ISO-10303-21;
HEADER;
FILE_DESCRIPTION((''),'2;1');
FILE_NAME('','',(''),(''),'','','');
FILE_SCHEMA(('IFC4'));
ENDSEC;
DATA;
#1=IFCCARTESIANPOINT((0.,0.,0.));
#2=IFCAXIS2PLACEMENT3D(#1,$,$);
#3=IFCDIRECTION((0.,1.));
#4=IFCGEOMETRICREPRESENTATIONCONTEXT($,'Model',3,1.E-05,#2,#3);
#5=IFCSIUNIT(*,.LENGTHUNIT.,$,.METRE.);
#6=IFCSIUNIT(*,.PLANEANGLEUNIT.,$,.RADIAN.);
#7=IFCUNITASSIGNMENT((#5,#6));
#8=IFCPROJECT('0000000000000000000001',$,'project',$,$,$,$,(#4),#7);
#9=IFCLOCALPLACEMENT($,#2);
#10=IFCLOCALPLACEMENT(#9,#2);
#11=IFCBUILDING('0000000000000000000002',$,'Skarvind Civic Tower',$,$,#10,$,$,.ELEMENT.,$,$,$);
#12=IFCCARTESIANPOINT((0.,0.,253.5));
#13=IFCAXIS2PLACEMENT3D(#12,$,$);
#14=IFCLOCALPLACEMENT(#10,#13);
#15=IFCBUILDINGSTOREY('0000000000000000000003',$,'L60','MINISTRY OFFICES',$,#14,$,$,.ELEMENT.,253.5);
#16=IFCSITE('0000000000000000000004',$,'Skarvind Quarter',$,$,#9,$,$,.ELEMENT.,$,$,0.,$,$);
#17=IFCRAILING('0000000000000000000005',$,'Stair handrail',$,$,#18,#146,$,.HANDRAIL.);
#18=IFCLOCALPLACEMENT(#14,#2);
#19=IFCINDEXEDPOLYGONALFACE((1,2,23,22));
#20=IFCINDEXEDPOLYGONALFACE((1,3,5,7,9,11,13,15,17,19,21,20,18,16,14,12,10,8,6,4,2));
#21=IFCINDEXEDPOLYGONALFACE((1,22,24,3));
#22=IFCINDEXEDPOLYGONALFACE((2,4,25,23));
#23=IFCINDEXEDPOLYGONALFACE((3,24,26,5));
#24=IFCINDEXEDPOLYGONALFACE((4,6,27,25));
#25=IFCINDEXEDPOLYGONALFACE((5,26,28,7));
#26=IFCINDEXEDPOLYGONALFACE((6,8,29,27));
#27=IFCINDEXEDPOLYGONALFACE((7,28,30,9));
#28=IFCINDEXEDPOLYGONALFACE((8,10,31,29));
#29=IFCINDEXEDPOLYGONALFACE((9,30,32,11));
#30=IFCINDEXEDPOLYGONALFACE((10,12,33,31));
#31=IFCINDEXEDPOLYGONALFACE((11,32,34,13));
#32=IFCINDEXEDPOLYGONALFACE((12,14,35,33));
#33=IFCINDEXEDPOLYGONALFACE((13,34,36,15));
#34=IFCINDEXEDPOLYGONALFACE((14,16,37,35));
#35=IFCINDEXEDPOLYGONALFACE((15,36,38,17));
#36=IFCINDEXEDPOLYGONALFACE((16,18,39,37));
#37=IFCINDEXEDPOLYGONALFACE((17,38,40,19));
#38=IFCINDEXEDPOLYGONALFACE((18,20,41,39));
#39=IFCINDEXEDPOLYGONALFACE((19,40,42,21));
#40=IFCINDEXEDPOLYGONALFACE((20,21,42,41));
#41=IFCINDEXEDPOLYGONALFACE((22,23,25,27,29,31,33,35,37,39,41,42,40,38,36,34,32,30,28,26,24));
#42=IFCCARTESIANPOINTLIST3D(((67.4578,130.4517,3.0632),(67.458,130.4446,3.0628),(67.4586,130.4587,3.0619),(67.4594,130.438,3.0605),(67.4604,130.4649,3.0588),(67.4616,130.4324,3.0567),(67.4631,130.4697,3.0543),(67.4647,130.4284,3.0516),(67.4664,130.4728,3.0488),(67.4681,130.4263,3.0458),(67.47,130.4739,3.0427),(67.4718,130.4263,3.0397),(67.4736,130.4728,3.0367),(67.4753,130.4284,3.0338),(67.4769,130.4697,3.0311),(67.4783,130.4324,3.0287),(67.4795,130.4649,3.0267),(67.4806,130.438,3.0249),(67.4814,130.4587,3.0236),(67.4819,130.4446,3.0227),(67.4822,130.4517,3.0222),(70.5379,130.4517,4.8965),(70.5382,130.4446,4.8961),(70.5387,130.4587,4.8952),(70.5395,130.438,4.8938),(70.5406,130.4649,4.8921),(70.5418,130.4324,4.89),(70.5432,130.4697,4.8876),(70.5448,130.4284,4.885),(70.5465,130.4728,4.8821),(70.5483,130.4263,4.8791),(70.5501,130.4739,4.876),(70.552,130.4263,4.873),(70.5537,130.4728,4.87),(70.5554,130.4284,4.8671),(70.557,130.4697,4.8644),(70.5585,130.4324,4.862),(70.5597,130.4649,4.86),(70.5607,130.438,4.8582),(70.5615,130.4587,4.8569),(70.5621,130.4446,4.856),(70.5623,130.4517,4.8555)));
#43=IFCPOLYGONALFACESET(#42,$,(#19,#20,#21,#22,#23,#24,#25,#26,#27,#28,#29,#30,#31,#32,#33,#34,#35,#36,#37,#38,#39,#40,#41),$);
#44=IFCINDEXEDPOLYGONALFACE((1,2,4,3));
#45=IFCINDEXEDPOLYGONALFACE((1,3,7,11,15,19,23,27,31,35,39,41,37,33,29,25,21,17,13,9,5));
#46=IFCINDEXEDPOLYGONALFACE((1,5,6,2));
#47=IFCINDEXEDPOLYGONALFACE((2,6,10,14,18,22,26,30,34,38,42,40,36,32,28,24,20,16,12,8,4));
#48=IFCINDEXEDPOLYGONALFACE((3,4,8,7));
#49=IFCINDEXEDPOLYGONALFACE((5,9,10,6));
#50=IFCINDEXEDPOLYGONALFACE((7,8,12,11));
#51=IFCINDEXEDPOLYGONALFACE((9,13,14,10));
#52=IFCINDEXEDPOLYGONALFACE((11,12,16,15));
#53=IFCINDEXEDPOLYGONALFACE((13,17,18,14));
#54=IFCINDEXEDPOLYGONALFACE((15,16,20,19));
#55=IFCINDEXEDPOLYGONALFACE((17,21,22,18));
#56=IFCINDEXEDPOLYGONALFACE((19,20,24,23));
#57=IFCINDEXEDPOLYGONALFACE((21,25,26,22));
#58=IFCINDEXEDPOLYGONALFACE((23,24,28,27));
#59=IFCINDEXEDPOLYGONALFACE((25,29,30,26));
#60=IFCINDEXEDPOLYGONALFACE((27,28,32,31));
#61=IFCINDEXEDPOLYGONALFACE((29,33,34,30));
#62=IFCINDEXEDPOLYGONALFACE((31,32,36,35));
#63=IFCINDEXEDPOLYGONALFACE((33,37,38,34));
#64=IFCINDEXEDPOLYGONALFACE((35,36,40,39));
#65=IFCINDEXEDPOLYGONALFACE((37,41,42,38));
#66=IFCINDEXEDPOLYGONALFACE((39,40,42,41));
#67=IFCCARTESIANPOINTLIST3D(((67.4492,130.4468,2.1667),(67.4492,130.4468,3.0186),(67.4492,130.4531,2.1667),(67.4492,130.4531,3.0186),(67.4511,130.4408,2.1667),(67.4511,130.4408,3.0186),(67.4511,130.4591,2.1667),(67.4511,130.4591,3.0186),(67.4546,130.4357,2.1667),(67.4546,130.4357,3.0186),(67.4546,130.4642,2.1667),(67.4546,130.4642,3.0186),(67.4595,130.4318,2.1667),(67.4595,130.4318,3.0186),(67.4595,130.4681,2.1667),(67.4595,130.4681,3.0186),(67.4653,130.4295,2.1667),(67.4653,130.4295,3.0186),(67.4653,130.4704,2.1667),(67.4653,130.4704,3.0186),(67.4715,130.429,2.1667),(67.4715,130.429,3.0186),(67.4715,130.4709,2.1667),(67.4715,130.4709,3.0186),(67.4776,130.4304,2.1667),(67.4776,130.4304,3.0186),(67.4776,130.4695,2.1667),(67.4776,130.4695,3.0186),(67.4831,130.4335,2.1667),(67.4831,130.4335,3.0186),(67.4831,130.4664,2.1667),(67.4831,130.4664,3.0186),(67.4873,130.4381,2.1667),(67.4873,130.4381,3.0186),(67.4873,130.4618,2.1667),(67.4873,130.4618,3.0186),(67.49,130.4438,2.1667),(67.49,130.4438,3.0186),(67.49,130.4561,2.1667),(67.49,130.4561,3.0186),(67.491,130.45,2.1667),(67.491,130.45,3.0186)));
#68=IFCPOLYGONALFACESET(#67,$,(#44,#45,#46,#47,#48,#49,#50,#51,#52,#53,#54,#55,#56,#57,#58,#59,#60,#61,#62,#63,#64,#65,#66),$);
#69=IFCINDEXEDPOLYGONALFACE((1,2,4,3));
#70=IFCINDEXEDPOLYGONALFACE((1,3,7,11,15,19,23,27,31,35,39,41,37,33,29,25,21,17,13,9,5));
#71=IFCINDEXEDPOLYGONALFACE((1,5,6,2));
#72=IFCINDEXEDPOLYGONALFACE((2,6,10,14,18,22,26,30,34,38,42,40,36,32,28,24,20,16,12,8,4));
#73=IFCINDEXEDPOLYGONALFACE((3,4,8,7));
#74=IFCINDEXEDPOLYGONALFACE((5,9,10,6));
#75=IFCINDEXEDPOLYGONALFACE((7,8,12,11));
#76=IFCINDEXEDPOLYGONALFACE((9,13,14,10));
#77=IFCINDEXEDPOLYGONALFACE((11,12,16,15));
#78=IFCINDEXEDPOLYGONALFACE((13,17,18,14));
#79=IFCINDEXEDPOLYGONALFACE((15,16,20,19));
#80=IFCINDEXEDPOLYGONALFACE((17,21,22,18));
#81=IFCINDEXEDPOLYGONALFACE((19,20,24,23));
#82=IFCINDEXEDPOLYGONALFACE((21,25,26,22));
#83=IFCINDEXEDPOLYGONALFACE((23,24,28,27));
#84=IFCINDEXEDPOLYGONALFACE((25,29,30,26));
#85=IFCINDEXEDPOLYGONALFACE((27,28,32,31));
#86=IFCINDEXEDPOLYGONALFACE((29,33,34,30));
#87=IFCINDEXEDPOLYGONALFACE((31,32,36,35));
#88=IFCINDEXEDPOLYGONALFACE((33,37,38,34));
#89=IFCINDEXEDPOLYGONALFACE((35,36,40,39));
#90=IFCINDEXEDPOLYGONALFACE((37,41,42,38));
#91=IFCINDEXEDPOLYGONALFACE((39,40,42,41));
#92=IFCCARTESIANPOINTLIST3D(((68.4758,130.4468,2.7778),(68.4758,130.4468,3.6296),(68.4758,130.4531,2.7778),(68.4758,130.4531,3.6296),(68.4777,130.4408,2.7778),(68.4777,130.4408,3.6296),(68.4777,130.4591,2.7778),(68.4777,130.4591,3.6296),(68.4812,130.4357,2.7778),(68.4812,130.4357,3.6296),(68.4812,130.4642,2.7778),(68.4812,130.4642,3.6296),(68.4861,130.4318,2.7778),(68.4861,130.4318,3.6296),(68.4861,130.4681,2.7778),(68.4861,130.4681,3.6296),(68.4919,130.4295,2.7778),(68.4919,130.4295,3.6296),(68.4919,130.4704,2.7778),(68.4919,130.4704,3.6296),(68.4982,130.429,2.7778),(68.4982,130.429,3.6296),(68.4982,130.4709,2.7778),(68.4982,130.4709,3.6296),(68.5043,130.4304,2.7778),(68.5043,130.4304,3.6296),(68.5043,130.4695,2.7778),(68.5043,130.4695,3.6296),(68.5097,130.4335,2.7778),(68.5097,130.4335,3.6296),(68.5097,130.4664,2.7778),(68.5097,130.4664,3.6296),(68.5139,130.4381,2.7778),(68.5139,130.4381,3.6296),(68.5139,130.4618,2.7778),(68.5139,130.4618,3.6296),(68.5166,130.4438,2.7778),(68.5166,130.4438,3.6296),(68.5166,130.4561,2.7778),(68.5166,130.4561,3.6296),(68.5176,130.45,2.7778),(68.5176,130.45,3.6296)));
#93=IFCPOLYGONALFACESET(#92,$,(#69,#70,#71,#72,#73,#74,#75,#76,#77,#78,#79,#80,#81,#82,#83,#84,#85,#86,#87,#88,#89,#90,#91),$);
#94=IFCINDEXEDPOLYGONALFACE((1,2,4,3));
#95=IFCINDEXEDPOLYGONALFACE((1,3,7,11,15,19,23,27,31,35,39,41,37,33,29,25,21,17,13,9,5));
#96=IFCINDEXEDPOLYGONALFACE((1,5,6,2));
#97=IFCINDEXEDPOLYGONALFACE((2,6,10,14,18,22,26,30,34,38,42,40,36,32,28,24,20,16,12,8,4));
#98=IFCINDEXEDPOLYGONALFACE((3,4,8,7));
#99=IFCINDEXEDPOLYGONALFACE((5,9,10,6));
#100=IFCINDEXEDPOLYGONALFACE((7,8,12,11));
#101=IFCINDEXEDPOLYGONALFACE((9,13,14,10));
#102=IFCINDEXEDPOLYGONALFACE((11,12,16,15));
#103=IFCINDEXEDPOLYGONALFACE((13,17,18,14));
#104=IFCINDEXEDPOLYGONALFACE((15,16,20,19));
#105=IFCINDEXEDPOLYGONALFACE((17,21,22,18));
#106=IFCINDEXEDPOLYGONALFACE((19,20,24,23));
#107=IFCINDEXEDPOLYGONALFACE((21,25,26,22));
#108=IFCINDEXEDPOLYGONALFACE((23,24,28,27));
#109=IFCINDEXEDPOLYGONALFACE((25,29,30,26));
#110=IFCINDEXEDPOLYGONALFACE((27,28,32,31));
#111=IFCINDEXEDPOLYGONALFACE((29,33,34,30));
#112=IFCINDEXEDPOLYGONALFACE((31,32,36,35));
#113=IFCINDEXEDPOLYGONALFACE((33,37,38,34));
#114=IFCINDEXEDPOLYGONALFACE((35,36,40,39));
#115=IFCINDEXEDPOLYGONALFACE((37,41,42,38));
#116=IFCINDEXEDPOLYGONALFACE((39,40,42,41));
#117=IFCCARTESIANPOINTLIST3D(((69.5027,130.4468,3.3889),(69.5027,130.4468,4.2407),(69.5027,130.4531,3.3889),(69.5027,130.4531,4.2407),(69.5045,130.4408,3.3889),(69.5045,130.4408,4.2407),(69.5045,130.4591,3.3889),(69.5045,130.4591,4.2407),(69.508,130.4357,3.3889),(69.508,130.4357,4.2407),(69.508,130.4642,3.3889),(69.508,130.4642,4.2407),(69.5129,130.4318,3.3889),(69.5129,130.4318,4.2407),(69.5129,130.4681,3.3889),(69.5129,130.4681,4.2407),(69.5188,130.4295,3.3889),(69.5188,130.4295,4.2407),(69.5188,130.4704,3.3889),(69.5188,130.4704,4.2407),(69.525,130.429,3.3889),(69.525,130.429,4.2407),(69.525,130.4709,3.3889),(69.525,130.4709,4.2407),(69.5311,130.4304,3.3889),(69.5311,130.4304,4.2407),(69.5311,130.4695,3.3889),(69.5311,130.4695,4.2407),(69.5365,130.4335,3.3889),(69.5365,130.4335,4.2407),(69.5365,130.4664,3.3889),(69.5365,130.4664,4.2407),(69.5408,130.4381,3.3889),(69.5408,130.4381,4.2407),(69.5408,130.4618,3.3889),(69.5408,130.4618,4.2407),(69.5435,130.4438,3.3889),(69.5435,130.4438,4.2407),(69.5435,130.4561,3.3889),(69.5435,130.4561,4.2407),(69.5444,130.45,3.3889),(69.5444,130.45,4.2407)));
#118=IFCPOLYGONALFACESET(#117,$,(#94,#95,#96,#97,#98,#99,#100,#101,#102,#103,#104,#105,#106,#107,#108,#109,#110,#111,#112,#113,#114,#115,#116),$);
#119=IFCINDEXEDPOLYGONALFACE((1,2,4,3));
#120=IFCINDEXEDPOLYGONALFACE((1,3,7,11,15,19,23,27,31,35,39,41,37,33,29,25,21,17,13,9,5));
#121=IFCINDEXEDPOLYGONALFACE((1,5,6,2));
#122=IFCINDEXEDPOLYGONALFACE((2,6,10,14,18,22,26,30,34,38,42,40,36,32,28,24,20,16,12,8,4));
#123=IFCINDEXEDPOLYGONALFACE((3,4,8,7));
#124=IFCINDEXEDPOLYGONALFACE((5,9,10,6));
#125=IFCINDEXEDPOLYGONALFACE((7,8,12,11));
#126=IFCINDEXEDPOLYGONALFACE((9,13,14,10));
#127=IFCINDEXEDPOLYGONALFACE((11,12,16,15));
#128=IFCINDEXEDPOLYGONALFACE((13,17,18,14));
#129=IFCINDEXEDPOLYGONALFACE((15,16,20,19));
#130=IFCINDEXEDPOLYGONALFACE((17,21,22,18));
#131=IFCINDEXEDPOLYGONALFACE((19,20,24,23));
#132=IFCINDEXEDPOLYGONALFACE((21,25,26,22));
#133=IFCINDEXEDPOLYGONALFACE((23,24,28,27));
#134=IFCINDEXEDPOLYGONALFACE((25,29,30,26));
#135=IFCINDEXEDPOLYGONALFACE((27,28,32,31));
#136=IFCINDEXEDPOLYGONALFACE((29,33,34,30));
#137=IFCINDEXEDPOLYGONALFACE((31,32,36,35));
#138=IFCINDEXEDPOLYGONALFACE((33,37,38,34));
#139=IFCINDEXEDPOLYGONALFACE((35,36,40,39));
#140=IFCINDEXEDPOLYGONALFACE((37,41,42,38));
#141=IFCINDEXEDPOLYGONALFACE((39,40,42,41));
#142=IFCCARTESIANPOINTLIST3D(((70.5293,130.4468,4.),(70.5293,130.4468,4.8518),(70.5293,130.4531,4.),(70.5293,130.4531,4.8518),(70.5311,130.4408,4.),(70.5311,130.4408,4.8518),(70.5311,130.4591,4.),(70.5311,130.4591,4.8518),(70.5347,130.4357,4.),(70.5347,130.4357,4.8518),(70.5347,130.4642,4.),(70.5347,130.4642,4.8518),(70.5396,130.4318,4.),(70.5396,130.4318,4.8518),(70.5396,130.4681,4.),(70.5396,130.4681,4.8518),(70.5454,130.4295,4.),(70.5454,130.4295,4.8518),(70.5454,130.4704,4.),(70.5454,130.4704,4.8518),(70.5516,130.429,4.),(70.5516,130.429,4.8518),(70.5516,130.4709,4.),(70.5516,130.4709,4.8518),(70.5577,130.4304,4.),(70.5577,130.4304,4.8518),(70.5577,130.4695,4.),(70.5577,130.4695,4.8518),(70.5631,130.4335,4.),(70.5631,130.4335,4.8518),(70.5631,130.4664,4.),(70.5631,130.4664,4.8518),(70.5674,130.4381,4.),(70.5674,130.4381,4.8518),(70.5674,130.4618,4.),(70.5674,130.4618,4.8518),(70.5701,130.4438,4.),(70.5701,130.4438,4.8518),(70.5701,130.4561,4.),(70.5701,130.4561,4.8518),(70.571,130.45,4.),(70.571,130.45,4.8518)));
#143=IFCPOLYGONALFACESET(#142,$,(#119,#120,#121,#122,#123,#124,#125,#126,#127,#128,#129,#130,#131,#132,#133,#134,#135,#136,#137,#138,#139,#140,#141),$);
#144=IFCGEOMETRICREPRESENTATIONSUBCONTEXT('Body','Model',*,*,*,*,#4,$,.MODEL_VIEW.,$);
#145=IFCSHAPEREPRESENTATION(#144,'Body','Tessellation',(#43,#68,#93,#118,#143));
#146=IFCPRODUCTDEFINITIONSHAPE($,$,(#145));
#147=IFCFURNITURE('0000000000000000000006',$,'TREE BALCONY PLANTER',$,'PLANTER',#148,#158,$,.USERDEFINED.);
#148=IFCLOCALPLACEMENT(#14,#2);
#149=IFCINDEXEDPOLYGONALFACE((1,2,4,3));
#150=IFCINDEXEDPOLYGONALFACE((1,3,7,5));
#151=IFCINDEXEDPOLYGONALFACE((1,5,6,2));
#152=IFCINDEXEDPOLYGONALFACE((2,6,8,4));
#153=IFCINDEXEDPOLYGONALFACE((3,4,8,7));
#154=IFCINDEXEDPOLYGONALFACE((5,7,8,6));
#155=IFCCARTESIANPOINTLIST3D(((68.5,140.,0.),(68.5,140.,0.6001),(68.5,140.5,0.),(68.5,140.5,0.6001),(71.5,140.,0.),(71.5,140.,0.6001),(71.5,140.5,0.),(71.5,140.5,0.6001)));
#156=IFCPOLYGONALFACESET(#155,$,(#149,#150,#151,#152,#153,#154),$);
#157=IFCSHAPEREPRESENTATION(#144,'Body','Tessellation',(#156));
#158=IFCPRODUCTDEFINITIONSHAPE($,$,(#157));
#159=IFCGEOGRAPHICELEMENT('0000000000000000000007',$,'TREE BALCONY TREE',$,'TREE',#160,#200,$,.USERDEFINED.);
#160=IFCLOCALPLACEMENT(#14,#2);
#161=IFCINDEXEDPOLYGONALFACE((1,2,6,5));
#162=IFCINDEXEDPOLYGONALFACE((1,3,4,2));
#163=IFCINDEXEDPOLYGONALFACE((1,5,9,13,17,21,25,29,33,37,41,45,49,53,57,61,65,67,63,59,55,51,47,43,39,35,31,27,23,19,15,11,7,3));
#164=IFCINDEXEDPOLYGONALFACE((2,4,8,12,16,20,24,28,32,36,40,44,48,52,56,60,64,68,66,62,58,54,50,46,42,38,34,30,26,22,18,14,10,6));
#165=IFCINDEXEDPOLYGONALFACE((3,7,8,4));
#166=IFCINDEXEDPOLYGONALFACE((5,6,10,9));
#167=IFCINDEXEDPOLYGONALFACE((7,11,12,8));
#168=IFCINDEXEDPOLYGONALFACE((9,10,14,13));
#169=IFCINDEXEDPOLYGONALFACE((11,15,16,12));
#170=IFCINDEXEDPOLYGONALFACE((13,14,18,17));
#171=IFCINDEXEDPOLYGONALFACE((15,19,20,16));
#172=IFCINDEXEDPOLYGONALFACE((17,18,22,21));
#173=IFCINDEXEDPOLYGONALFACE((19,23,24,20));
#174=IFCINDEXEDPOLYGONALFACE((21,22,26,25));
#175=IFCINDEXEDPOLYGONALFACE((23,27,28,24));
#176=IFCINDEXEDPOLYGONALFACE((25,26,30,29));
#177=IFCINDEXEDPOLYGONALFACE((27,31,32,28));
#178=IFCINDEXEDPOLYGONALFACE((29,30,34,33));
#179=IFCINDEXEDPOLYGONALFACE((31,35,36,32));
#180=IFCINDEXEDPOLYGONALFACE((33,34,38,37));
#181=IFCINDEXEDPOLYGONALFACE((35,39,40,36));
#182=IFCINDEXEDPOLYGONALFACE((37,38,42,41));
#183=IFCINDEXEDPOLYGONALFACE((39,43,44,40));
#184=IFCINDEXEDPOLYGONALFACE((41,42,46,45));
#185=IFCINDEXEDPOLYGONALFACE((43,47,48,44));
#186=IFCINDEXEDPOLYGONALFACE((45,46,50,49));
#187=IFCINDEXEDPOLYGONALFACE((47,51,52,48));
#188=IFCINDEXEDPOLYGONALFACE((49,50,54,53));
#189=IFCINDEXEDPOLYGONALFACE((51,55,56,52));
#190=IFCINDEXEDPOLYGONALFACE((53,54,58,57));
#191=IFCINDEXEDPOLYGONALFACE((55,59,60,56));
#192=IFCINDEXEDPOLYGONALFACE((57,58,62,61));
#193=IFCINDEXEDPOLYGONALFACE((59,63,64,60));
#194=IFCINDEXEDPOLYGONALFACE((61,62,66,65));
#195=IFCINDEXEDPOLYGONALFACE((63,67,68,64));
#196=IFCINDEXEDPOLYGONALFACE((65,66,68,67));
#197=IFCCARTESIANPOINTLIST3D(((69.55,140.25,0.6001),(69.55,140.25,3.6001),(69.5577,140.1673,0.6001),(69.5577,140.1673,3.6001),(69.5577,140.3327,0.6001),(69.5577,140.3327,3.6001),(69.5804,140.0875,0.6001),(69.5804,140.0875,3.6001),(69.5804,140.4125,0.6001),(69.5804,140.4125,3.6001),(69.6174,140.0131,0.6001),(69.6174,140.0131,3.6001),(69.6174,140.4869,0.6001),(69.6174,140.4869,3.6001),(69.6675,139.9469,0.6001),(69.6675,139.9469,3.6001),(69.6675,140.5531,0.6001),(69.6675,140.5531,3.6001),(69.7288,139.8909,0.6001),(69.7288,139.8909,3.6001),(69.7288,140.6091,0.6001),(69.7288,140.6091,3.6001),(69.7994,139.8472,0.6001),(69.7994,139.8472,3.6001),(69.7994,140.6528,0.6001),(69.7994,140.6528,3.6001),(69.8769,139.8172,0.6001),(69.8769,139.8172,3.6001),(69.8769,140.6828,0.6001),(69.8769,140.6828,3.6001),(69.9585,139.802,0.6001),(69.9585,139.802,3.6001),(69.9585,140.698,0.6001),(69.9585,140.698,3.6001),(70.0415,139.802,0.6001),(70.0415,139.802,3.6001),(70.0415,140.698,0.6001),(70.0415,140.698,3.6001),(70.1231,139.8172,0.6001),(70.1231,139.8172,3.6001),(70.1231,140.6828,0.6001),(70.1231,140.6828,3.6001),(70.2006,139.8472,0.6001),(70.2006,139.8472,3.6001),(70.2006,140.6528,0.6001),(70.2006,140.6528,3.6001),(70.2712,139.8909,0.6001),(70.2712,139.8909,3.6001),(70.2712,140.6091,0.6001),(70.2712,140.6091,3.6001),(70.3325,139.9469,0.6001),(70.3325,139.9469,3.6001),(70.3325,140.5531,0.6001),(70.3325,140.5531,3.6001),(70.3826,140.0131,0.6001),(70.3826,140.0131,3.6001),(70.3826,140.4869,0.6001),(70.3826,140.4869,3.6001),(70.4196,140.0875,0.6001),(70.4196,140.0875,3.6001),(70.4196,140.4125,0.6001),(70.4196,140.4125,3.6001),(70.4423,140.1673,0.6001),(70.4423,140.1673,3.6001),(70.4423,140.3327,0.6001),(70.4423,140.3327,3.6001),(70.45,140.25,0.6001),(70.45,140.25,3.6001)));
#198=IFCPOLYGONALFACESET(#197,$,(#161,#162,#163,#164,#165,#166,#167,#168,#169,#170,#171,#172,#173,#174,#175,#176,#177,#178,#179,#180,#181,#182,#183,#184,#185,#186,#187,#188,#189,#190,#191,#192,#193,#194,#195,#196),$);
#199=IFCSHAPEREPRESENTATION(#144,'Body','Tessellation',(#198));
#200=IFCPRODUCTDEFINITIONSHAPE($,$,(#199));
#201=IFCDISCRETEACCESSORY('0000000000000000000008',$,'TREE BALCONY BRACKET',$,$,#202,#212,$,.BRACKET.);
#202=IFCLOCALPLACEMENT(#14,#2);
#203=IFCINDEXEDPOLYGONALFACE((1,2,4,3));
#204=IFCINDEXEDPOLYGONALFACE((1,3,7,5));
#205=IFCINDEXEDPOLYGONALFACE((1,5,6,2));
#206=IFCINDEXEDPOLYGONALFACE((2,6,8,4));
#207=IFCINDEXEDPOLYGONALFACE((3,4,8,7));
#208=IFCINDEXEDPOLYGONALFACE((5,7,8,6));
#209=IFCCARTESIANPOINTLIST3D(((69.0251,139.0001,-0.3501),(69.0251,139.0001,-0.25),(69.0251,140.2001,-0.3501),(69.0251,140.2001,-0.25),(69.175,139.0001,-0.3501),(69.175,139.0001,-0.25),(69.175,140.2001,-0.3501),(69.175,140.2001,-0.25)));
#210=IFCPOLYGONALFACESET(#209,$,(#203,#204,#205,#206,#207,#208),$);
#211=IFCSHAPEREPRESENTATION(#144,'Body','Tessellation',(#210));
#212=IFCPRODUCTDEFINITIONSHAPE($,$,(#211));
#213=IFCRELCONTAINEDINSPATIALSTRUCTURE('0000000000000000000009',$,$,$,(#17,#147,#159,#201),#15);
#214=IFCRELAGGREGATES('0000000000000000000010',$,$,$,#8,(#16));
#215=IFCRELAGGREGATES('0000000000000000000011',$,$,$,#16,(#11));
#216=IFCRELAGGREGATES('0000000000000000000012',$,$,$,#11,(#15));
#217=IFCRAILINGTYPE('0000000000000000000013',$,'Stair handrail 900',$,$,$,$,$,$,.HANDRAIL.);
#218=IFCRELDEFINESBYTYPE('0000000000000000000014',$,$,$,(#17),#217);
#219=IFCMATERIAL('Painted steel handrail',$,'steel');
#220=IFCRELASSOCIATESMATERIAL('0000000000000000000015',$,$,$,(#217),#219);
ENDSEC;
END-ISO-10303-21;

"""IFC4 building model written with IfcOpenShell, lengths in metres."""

from ifc_helpers import new_model, si_unit, direction, frame, origin, origin_2d, place, context, subcontext, project, spatial, rectangle, circle, extrude, material, type_object, element, save


model = new_model("IFC4")

# Units and contexts
model_context = context("Model", 3, precision=1e-05, world=origin(), true_north=direction((0.0, 1.0)))
body_context = subcontext(model_context, "Body", "Model", "MODEL_VIEW")
ifc_project = project(units=[si_unit("LENGTHUNIT", "METRE"), si_unit("PLANEANGLEUNIT", "RADIAN")], contexts=[model_context])

# Site, building, storey
site_placement = place(None, origin())
site = spatial("IfcSite", under=ifc_project, at=site_placement, Name="Skarvind Quarter", CompositionType="ELEMENT", RefElevation=0.0)
building_placement = place(site_placement, origin())
building = spatial("IfcBuilding", under=site, at=building_placement, Name="Skarvind Civic Tower", CompositionType="ELEMENT")
storey_placement = place(building_placement, frame((0.0, 0.0, 253.5)))
storey = spatial("IfcBuildingStorey", under=building, at=storey_placement, Name="L60", Description="MINISTRY OFFICES", CompositionType="ELEMENT", Elevation=253.5)

# Railing
ifc_material_1 = material(Name="Painted steel handrail", Category="steel")
railing_type_1 = type_object("IfcRailingType", Name="Stair handrail 900", PredefinedType="HANDRAIL", material=ifc_material_1)
railing_1_placement = place(storey_placement, frame((67.47, 130.45, 2.1667)))
element("IfcRailing", 1, at=railing_1_placement, inside=storey, type_object=railing_type_1, Name="Stair handrail", PredefinedType="HANDRAIL", context=body_context, shape_type="SweptSolid", body=[
    extrude(circle(Radius=0.0239, at=origin_2d()), frame((0.0, 0.0, 0.876), z_axis=(0.859309, 0.0, 0.511458), x_axis=(0.0, 1.0, 0.0)), (0.0, 0.0, 1.0), 3.5845),
    extrude(circle(Radius=0.021, at=origin_2d()), origin(), (0.0, 0.0, 1.0), 0.8518),
    extrude(circle(Radius=0.021, at=origin_2d()), frame((1.0266, 0.0, 0.6111)), (0.0, 0.0, 1.0), 0.8518),
    extrude(circle(Radius=0.021, at=origin_2d()), frame((2.0535, 0.0, 1.2222)), (0.0, 0.0, 1.0), 0.8518),
    extrude(circle(Radius=0.021, at=origin_2d()), frame((3.0801, 0.0, 1.8333)), (0.0, 0.0, 1.0), 0.8518),
])

# Furniture
furniture_placement = place(storey_placement, frame((70.0, 140.25, 0.0), z_axis=(0.0, 0.0, 1.0), x_axis=(1.0, 0.0, 0.0)))
element("IfcFurniture", 2, at=furniture_placement, inside=storey, Name="TREE BALCONY PLANTER", ObjectType="PLANTER", PredefinedType="USERDEFINED", context=body_context, shape_type="SweptSolid", body=[
    extrude(rectangle(XDim=3.0, YDim=0.5, at=origin_2d()), origin(), (0.0, 0.0, 1.0), 0.6001),
])

# Geographic element
geographic_element_placement = place(storey_placement, frame((70.0, 140.25, 0.6001), z_axis=(0.0, 0.0, 1.0), x_axis=(1.0, 0.0, 0.0)))
element("IfcGeographicElement", 3, at=geographic_element_placement, inside=storey, Name="TREE BALCONY TREE", ObjectType="TREE", PredefinedType="USERDEFINED", context=body_context, shape_type="SweptSolid", body=[
    extrude(circle(Radius=0.45, at=origin_2d()), origin(), (0.0, 0.0, 1.0), 3.0),
])

# Discrete accessory
for number, where, z_axis, x_axis, name in (
    (4, (69.1001, 139.6001, -0.3501), (0.0, 0.0, 1.0), (1.0, 0.0, 0.0), "TREE BALCONY BRACKET"),
):
    element("IfcDiscreteAccessory", number, at=place(storey_placement, frame(where, z_axis=z_axis, x_axis=x_axis)), inside=storey, Name=name, PredefinedType="BRACKET", context=body_context, shape_type="SweptSolid", body=[
        extrude(rectangle(XDim=0.1499, YDim=1.2, at=origin_2d()), origin(), (0.0, 0.0, 1.0), 0.1001),
    ])

save(model, "model.ifc")
